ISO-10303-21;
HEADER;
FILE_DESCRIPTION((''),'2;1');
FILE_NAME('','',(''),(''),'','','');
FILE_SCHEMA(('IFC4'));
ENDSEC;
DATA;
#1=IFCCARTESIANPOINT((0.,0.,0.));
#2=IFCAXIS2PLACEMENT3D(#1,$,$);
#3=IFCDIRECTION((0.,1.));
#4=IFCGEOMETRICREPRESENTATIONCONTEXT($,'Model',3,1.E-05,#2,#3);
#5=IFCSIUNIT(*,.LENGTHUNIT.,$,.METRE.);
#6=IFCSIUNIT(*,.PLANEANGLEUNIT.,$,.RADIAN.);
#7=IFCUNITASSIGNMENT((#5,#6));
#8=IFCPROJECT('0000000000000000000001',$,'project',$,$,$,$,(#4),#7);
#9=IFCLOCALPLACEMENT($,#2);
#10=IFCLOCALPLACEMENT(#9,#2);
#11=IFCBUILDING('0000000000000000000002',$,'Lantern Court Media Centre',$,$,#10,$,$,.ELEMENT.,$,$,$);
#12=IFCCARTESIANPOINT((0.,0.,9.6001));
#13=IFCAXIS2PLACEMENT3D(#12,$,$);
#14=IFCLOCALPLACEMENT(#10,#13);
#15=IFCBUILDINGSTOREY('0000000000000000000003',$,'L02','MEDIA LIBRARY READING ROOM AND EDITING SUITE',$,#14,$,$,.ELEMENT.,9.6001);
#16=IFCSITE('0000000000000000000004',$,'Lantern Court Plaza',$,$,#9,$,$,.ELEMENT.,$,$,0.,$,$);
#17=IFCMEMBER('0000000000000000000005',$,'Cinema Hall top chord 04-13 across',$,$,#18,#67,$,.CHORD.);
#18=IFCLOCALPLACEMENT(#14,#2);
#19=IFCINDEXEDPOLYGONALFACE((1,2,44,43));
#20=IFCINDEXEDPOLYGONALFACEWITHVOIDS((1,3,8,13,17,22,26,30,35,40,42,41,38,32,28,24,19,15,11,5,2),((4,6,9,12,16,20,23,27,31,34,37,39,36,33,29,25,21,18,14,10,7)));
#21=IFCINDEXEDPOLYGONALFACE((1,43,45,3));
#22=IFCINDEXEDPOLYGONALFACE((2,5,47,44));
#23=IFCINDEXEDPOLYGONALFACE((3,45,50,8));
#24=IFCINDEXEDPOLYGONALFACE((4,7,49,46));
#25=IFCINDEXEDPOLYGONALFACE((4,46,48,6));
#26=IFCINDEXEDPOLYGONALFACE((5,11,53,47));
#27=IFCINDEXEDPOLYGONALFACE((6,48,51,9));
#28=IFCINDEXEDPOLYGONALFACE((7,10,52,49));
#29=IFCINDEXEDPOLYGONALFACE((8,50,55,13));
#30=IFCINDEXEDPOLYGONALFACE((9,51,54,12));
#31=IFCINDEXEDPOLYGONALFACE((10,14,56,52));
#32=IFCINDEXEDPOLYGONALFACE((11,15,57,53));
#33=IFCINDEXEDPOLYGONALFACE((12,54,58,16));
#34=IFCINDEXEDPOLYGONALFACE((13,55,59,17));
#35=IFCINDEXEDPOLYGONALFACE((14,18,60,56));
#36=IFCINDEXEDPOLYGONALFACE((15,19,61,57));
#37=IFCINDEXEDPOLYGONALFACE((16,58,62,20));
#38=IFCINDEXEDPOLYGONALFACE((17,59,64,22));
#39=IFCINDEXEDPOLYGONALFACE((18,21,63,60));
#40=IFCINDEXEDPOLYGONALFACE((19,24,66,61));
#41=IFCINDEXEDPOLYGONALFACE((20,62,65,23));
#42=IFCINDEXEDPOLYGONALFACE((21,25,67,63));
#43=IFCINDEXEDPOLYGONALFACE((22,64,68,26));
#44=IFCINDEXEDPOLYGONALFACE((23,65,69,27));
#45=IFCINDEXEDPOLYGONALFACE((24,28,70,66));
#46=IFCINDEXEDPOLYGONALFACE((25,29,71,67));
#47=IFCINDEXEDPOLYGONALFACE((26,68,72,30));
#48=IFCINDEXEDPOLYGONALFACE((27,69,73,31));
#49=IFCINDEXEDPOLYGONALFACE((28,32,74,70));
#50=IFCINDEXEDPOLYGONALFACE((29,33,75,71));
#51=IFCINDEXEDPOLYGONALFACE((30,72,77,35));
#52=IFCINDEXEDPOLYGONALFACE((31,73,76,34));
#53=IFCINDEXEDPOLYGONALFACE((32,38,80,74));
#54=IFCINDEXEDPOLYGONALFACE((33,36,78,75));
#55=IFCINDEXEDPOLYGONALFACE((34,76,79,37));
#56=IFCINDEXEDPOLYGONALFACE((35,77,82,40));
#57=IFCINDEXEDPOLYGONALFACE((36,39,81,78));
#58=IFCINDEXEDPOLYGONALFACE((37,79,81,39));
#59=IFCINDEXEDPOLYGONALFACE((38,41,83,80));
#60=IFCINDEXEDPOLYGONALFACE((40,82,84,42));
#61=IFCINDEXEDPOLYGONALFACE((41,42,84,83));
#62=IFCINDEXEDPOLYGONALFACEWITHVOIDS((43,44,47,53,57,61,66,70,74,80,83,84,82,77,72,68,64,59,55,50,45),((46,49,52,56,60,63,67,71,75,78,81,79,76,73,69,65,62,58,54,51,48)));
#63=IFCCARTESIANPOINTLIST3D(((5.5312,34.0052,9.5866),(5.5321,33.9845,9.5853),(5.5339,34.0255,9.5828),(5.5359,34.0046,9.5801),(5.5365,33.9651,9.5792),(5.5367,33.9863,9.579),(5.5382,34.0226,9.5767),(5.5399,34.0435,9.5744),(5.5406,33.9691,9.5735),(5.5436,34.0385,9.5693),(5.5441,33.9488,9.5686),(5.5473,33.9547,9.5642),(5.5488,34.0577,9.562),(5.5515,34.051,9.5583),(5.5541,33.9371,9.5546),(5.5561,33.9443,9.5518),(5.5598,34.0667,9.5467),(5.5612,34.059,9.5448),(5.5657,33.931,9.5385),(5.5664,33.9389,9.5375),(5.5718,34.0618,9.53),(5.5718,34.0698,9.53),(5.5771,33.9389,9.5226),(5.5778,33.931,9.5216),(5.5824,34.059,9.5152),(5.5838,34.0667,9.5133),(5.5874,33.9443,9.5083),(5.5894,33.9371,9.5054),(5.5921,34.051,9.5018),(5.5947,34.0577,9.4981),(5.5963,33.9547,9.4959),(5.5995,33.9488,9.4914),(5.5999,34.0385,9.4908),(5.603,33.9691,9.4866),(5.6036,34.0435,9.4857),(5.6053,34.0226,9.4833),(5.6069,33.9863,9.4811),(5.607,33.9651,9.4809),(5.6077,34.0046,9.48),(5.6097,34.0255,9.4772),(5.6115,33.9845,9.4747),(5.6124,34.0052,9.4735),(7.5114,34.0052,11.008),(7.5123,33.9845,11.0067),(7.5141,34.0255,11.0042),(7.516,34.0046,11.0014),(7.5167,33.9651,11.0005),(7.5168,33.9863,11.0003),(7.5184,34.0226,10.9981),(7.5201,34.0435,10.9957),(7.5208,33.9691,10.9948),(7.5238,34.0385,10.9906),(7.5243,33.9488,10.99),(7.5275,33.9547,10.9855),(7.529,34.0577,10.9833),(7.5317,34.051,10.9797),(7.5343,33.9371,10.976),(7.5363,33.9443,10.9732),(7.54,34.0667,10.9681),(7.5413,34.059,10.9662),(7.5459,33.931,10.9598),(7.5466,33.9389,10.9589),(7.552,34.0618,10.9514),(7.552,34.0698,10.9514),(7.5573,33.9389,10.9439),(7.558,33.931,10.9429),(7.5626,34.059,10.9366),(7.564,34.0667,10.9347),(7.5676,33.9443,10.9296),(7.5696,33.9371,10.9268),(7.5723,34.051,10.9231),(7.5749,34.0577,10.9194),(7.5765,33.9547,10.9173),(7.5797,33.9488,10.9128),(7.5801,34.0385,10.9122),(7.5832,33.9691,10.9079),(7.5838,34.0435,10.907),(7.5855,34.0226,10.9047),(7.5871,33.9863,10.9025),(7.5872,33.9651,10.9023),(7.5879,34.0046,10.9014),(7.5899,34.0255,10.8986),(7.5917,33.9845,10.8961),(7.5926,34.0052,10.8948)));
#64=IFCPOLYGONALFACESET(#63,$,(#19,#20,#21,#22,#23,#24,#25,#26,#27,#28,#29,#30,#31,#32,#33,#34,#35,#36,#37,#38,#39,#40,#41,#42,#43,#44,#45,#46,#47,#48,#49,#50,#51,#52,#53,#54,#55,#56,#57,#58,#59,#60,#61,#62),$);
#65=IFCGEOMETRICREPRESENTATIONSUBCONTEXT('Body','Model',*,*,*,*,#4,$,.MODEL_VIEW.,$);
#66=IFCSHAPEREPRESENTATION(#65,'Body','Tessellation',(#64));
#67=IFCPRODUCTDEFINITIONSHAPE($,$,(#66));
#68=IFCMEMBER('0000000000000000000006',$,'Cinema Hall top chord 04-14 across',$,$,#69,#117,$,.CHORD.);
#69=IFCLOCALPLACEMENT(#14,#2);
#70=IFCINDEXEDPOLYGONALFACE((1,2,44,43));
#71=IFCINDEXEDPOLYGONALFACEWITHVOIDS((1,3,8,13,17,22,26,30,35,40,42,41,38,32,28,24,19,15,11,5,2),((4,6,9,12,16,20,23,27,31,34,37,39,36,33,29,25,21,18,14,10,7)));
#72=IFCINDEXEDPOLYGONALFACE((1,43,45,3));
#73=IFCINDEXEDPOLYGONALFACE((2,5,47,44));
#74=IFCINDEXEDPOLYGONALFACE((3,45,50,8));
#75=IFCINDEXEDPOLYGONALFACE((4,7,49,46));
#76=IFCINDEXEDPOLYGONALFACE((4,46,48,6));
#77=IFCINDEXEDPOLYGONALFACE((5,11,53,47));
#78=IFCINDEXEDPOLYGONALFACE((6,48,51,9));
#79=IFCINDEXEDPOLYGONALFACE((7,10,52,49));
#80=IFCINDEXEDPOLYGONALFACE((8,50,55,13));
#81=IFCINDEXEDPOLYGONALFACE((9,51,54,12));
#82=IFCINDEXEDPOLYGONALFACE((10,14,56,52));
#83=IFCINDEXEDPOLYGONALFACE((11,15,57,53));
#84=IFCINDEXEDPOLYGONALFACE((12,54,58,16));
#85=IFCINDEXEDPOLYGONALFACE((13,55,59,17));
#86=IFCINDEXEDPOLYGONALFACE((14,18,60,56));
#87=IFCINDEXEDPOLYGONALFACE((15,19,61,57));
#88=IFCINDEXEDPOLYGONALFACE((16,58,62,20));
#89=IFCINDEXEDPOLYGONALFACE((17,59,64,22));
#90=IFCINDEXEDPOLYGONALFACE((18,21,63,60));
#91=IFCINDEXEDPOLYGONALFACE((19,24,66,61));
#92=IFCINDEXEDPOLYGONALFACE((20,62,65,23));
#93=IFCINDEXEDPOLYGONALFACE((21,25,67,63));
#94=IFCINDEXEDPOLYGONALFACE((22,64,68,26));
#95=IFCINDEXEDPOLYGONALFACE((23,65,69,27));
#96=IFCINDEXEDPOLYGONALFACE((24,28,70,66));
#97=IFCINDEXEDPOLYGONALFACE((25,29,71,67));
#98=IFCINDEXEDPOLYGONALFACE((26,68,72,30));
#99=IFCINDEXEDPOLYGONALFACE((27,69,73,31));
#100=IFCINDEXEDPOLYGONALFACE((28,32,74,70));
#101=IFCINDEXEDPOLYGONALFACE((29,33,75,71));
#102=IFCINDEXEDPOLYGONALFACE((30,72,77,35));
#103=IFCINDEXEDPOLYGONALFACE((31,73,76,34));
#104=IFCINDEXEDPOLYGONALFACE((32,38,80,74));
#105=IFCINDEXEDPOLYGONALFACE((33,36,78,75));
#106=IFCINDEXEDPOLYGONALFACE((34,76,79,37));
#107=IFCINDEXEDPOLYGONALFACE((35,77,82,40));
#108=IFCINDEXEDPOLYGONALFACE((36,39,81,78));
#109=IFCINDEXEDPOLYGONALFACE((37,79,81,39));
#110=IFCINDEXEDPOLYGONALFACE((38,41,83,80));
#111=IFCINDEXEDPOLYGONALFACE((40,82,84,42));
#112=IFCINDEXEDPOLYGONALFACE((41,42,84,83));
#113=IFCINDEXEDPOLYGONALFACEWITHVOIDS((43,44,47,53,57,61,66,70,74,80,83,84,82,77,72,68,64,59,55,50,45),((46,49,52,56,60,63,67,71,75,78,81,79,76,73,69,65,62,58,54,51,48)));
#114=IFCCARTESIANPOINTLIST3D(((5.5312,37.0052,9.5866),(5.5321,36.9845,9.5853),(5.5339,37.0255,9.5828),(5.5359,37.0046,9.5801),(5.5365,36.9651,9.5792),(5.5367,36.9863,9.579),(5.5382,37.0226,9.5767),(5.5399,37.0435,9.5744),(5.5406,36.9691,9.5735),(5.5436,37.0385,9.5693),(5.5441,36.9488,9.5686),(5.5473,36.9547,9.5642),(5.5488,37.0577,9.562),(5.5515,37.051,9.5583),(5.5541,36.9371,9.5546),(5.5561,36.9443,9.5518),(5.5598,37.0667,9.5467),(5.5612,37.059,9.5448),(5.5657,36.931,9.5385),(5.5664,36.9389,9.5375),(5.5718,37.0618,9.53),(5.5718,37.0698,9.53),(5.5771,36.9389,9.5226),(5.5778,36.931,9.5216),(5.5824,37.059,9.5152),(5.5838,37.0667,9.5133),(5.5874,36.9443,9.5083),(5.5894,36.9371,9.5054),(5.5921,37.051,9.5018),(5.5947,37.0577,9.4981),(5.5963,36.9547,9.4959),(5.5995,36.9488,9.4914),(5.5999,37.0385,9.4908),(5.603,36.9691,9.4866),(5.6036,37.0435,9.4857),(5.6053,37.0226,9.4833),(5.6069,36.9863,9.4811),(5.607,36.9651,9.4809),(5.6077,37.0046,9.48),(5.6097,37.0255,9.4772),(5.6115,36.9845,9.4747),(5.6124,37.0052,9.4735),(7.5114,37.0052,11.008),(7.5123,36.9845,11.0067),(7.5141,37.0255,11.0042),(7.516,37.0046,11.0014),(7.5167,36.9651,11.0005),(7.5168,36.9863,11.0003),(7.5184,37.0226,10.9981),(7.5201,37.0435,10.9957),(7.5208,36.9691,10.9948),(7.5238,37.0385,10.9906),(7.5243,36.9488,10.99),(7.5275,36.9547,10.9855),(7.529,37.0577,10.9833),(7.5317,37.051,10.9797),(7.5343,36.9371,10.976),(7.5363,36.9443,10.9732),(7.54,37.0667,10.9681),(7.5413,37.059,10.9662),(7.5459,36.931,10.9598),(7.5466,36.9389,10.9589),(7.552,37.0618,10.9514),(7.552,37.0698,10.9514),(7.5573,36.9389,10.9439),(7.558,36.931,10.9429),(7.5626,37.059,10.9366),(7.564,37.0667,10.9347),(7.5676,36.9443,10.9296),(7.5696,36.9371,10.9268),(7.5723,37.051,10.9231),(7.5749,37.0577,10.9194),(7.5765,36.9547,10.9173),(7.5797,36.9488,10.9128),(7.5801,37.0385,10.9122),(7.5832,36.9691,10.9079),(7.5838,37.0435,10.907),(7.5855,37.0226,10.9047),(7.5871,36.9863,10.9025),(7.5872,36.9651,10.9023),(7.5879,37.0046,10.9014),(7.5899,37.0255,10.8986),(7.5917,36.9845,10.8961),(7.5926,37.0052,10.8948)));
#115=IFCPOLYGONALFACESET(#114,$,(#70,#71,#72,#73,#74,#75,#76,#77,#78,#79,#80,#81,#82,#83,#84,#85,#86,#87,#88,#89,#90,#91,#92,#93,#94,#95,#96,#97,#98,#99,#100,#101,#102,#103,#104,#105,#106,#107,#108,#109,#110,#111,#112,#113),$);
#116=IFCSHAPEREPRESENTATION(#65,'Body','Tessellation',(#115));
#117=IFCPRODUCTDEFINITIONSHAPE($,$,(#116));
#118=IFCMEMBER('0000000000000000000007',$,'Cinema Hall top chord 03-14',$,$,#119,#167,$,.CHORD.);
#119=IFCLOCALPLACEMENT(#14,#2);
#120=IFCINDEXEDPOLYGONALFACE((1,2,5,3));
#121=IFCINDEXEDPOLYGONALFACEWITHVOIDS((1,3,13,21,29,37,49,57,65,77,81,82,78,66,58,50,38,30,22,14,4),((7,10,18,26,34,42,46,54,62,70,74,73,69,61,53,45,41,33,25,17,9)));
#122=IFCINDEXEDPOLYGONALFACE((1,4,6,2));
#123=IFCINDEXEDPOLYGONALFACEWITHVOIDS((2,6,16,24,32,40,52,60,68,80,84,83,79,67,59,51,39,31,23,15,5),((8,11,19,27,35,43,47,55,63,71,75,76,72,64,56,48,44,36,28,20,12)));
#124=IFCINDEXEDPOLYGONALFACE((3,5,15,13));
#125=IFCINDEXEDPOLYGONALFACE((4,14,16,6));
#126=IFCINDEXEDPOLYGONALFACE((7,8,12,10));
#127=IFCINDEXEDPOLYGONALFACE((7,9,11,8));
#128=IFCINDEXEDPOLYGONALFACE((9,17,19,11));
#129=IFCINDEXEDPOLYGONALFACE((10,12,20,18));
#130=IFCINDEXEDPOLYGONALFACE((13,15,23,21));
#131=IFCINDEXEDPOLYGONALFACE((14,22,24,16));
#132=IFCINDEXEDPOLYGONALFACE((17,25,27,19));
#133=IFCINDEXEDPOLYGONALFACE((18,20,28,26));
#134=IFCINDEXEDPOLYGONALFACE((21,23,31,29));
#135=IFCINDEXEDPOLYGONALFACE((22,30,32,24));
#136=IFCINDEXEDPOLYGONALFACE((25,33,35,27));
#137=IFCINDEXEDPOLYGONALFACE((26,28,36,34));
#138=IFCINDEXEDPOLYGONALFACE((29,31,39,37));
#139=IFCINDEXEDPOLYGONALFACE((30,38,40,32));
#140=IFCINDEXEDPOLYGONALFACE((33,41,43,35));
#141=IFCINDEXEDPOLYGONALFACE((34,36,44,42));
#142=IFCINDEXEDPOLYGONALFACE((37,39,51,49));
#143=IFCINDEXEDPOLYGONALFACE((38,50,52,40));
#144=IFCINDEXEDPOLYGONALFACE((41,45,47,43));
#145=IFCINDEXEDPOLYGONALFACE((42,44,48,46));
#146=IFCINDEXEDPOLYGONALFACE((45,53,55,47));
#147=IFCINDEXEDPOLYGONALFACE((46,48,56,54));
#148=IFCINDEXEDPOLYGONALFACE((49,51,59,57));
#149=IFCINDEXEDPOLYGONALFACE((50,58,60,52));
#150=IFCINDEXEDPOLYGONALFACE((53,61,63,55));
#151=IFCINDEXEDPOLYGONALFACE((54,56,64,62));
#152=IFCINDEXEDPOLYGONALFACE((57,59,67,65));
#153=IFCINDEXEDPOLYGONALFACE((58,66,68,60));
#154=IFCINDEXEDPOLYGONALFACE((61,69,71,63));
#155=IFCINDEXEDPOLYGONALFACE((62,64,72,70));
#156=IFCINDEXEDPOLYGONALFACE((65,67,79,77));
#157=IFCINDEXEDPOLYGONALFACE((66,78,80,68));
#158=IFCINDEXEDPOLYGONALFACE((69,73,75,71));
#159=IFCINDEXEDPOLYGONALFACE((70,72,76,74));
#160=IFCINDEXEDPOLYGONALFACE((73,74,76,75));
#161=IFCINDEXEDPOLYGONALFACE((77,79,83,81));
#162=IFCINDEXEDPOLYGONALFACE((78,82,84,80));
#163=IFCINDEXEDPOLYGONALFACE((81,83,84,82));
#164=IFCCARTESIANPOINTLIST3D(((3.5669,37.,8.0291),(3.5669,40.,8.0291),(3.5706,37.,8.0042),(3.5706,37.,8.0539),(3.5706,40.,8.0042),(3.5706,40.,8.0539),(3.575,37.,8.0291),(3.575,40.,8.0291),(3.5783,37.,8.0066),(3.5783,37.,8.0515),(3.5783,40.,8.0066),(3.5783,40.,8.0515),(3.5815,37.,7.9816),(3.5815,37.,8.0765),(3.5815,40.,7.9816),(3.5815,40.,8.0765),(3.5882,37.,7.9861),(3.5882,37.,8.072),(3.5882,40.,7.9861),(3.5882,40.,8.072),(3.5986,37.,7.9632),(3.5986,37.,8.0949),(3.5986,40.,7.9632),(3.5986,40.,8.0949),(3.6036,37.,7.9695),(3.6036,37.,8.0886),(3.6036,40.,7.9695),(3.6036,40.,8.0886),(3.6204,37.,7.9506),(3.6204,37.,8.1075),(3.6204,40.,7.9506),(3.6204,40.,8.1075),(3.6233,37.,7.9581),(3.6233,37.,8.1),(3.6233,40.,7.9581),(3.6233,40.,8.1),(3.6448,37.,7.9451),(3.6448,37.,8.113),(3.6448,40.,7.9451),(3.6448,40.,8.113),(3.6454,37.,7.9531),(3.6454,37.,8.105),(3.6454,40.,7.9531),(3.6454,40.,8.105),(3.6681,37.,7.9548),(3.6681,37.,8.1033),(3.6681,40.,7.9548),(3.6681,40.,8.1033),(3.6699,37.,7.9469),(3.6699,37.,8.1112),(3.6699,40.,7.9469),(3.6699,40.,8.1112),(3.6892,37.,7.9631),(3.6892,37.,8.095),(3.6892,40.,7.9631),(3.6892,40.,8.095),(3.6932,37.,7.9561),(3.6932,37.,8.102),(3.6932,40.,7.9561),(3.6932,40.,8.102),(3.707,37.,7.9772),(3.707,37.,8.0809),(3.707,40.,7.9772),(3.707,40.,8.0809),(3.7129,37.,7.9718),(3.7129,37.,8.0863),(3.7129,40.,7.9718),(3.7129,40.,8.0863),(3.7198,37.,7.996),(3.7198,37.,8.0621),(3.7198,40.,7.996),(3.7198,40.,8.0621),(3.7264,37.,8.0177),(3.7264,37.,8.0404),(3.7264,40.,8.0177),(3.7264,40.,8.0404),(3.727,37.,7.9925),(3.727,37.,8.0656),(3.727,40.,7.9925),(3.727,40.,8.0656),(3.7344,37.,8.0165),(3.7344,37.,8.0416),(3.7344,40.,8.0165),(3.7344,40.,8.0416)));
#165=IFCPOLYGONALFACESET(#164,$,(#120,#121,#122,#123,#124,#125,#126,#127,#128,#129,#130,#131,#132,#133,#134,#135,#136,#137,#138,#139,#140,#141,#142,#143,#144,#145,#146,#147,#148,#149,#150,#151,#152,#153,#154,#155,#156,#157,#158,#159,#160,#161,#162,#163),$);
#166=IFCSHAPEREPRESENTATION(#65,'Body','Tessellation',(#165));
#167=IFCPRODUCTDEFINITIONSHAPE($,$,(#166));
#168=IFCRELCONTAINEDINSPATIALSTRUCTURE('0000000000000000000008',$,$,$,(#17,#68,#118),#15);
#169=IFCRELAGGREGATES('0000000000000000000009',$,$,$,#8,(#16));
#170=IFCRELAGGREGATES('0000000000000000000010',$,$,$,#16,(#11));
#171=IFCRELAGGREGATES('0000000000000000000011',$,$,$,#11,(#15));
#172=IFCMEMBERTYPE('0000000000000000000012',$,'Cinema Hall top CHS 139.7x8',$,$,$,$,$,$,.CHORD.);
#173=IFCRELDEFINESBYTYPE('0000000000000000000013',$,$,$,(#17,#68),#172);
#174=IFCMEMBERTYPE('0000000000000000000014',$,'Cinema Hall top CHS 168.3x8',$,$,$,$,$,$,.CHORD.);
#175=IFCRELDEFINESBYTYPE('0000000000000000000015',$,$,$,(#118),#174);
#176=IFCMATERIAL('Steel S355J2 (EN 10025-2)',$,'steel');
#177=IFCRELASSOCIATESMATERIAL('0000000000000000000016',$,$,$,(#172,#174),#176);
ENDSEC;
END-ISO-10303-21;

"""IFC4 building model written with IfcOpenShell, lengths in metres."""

from ifc_helpers import new_model, si_unit, direction, frame, origin, origin_2d, place, context, subcontext, project, spatial, hollow_circle, extrude, material, material_profile, profile_set, type_object, element, save


model = new_model("IFC4")

# Units and contexts
model_context = context("Model", 3, precision=1e-05, world=origin(), true_north=direction((0.0, 1.0)))
body_context = subcontext(model_context, "Body", "Model", "MODEL_VIEW")
ifc_project = project(units=[si_unit("LENGTHUNIT", "METRE"), si_unit("PLANEANGLEUNIT", "RADIAN")], contexts=[model_context])

# Site, building, storey
site_placement = place(None, origin())
site = spatial("IfcSite", under=ifc_project, at=site_placement, Name="Lantern Court Plaza", CompositionType="ELEMENT", RefElevation=0.0)
building_placement = place(site_placement, origin())
building = spatial("IfcBuilding", under=site, at=building_placement, Name="Lantern Court Media Centre", CompositionType="ELEMENT")
storey_placement = place(building_placement, frame((0.0, 0.0, 9.6001)))
storey = spatial("IfcBuildingStorey", under=building, at=storey_placement, Name="L02", Description="MEDIA LIBRARY READING ROOM AND EDITING SUITE", CompositionType="ELEMENT", Elevation=9.6001)

# Members
ifc_material = material(Name="Steel S355J2 (EN 10025-2)", Category="steel")
ifc_material_profile_1 = material_profile(ifc_material, hollow_circle(Radius=0.0698, WallThickness=0.0081, at=origin_2d()), Name="Cinema Hall top CHS 139.7x8")
ifc_profile_set_1 = profile_set([ifc_material_profile_1], Name="Steel S355J2 (EN 10025-2)")
member_type_1 = type_object("IfcMemberType", Name="Cinema Hall top CHS 139.7x8", PredefinedType="CHORD", material=ifc_profile_set_1)
for number, where, z_axis, x_axis, name in (
    (1, (5.5718, 34.0, 9.53), (0.812385, 0.0, 0.583122), (0.0, 1.0, 0.0), "Cinema Hall top chord 04-13 across"),
    (2, (5.5718, 37.0, 9.53), (0.812385, 0.0, 0.583122), (0.0, 1.0, 0.0), "Cinema Hall top chord 04-14 across"),
):
    element("IfcMember", number, at=place(storey_placement, frame(where, z_axis=z_axis, x_axis=x_axis)), inside=storey, type_object=member_type_1, Name=name, PredefinedType="CHORD", context=body_context, shape_type="SweptSolid", body=[
        extrude(hollow_circle(Radius=0.0698, WallThickness=0.0081, at=origin_2d()), origin(), (0.0, 0.0, 1.0), 2.4375),
    ])
ifc_material_profile_2 = material_profile(ifc_material, hollow_circle(Radius=0.0842, WallThickness=0.0081, at=origin_2d()), Name="Cinema Hall top CHS 168.3x8")
ifc_profile_set_2 = profile_set([ifc_material_profile_2], Name="Steel S355J2 (EN 10025-2)")
member_type_2 = type_object("IfcMemberType", Name="Cinema Hall top CHS 168.3x8", PredefinedType="CHORD", material=ifc_profile_set_2)
member_1_placement = place(storey_placement, frame((3.6511, 37.0, 8.0291), z_axis=(0.0, 1.0, 0.0), x_axis=(-1.0, 0.0, 0.0)))
element("IfcMember", 3, at=member_1_placement, inside=storey, type_object=member_type_2, Name="Cinema Hall top chord 03-14", PredefinedType="CHORD", context=body_context, shape_type="SweptSolid", body=[
    extrude(hollow_circle(Radius=0.0842, WallThickness=0.0081, at=origin_2d()), origin(), (0.0, 0.0, 1.0), 3.0),
])

save(model, "model.ifc")
